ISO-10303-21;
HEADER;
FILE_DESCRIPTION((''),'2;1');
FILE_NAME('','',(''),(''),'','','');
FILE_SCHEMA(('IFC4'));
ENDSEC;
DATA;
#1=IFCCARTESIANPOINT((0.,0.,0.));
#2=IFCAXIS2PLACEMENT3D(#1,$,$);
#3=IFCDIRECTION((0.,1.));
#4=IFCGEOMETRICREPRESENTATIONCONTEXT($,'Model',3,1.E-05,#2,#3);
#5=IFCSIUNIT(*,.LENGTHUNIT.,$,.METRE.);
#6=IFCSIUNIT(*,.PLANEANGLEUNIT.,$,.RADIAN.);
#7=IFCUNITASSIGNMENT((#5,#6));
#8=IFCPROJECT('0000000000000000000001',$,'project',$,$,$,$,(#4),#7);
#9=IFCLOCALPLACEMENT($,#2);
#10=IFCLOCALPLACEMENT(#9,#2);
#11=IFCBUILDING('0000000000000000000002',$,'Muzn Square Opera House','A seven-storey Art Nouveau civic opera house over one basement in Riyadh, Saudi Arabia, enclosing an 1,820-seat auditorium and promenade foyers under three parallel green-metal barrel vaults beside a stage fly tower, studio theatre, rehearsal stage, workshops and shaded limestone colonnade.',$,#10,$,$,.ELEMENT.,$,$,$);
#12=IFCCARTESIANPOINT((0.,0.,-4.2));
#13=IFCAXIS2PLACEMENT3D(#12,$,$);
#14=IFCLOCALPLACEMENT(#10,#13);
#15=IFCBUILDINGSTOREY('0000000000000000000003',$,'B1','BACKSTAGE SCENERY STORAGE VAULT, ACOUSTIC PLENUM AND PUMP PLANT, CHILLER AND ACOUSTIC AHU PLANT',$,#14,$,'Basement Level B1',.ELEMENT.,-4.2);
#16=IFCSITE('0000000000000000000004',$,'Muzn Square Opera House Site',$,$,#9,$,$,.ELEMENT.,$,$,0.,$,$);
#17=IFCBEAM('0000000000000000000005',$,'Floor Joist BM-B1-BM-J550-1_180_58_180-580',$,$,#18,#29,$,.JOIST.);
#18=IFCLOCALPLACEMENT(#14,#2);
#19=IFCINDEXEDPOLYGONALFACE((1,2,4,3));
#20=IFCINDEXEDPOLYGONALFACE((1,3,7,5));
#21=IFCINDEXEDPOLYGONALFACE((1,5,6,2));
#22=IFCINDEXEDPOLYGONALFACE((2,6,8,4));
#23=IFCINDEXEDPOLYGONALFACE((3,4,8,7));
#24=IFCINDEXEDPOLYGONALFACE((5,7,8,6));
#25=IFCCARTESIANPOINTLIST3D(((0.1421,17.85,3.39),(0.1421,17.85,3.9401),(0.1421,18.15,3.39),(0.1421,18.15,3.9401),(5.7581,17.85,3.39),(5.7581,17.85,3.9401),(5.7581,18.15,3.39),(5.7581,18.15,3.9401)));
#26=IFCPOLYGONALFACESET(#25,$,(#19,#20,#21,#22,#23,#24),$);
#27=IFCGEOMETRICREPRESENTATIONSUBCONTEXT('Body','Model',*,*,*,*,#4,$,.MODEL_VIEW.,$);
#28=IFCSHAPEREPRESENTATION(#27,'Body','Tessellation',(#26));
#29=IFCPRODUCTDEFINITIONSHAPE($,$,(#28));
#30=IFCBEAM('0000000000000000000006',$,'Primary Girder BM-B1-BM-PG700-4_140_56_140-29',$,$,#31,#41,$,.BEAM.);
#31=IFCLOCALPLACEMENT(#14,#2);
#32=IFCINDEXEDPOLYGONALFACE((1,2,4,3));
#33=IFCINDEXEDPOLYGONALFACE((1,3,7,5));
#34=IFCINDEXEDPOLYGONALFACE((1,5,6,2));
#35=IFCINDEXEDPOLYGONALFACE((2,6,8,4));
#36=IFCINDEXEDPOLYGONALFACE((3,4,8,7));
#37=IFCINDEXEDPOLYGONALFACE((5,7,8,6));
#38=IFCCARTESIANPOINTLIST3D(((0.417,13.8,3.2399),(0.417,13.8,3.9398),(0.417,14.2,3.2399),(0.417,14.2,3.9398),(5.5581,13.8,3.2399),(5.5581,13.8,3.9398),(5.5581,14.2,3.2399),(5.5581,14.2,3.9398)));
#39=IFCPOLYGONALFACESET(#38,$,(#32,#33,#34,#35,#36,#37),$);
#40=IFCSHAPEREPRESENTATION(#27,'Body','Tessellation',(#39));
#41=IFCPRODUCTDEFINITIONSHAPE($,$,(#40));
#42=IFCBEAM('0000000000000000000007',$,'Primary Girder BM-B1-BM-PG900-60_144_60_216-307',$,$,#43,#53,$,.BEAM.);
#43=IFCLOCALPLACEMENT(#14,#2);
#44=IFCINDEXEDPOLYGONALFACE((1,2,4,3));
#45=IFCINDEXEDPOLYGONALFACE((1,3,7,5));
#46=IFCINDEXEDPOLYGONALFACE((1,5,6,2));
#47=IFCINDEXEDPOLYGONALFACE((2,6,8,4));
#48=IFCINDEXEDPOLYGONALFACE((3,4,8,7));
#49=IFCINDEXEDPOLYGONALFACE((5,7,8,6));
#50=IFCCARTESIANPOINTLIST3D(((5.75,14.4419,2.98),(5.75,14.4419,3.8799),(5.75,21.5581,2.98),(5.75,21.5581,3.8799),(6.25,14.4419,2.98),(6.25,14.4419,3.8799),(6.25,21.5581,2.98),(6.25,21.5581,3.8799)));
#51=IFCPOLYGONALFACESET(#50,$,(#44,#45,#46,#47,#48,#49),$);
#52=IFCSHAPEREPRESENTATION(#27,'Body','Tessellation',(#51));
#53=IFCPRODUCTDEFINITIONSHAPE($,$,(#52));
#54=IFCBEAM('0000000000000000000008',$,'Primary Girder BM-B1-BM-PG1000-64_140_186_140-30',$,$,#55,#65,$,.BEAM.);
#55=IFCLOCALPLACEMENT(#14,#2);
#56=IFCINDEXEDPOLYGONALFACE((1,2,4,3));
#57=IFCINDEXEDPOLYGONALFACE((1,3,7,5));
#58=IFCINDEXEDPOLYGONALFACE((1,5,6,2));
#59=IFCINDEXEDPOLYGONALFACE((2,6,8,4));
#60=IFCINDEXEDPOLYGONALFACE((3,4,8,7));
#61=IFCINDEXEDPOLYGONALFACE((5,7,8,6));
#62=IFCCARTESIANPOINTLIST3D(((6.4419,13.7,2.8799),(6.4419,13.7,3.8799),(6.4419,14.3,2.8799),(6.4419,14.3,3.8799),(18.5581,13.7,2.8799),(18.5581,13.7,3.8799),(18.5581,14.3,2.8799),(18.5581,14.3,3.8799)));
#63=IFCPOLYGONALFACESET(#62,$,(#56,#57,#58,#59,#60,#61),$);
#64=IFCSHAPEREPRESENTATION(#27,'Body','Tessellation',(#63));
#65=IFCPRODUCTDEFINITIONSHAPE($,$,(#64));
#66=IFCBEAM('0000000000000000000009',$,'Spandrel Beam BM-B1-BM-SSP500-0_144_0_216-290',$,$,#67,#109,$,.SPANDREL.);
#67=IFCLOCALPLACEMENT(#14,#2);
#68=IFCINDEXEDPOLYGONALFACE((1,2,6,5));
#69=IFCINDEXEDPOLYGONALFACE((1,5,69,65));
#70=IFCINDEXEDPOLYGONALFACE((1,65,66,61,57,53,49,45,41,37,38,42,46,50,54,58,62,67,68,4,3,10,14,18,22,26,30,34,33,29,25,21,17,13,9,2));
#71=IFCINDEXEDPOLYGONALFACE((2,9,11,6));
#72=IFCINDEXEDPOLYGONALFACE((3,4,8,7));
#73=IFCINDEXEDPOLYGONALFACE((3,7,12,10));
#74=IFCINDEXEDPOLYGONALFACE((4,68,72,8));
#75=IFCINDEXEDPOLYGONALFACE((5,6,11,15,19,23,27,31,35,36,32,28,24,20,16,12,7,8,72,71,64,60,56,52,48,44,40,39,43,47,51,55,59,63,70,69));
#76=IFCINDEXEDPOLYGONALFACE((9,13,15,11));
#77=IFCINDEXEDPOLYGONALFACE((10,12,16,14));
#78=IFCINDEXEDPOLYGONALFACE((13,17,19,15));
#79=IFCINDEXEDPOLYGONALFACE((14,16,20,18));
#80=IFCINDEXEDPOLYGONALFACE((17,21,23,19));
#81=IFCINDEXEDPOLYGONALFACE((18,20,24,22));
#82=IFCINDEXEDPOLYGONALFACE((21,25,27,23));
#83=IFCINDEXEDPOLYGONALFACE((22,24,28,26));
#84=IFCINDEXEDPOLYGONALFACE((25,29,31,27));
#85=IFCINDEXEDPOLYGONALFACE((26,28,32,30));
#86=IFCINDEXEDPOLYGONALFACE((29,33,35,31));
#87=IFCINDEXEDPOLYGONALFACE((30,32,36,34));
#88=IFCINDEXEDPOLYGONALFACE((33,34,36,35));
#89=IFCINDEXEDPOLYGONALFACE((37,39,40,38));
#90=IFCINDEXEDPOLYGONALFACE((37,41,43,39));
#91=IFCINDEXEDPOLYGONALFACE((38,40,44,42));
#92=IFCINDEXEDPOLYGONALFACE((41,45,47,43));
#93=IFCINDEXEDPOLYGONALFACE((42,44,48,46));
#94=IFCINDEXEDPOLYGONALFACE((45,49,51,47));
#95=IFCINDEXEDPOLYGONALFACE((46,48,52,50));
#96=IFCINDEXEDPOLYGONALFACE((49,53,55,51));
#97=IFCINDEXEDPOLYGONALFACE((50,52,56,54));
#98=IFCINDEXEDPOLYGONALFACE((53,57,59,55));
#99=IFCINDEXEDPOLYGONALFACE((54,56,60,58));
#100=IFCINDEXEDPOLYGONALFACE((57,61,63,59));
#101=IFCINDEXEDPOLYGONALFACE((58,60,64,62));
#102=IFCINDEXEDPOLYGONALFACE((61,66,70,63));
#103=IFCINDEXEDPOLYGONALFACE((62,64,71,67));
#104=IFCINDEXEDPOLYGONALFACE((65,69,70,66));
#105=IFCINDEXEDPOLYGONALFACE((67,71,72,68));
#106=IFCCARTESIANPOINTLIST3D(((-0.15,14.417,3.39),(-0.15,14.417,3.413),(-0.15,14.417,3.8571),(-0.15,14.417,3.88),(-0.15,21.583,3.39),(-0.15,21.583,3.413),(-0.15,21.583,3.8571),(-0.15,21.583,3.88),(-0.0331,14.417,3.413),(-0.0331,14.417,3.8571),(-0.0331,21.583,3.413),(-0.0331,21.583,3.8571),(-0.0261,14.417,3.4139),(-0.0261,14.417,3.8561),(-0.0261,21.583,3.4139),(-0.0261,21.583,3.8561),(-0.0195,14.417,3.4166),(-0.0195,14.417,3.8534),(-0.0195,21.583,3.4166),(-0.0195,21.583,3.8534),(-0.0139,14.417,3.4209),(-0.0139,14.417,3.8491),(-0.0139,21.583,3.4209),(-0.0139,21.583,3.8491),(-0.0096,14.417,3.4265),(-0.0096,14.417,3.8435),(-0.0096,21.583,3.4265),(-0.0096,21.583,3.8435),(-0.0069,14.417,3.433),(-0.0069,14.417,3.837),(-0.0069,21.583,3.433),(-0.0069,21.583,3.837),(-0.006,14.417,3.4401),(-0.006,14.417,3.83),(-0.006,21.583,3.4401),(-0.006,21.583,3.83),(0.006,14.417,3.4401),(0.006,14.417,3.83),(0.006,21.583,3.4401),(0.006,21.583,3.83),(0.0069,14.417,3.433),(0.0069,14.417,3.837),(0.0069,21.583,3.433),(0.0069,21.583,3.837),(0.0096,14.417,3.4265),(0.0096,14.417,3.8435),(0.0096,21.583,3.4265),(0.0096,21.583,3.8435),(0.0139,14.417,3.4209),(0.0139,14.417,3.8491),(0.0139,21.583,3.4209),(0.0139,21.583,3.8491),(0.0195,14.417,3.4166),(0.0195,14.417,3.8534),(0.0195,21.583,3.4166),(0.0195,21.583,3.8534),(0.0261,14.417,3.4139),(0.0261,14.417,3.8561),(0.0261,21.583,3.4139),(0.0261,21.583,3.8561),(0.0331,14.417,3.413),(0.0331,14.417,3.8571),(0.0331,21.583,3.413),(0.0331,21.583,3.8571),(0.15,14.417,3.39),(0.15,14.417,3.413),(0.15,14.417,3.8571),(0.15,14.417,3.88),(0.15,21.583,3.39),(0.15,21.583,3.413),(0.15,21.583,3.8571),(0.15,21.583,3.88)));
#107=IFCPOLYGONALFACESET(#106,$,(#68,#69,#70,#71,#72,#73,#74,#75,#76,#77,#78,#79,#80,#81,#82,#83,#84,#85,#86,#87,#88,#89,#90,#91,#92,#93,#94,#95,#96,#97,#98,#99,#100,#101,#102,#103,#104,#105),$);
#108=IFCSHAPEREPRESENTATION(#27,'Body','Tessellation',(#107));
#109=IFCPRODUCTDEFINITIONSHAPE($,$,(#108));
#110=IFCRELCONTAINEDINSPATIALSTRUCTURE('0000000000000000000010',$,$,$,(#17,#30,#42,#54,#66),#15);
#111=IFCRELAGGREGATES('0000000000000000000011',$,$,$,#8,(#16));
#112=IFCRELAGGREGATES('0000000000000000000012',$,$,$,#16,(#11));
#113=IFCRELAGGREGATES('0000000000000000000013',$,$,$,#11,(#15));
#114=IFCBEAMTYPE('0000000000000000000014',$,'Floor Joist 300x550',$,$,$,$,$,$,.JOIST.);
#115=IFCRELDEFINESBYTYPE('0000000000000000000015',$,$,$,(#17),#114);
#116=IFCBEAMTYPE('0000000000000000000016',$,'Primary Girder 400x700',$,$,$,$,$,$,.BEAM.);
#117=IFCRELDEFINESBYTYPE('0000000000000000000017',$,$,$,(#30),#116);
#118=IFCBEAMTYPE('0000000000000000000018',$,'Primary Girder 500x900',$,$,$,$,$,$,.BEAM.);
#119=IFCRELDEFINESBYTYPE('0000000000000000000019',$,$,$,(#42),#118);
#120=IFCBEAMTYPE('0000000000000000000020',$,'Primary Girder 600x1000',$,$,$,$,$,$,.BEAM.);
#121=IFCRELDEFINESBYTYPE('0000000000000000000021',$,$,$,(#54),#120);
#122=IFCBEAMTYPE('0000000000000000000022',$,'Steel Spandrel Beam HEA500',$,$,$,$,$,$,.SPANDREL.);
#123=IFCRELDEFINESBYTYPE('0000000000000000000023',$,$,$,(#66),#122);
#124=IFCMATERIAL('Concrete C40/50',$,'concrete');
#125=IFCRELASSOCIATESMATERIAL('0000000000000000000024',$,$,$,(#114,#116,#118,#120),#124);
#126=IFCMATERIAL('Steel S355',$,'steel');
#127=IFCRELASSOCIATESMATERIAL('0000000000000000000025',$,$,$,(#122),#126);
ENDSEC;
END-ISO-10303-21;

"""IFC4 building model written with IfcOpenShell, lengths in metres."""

from ifc_helpers import new_model, si_unit, direction, frame, origin, origin_2d, place, context, subcontext, project, spatial, rectangle, i_section, extrude, material, material_profile, profile_set, type_object, element, save


model = new_model("IFC4")

# Units and contexts
model_context = context("Model", 3, precision=1e-05, world=origin(), true_north=direction((0.0, 1.0)))
body_context = subcontext(model_context, "Body", "Model", "MODEL_VIEW")
ifc_project = project(units=[si_unit("LENGTHUNIT", "METRE"), si_unit("PLANEANGLEUNIT", "RADIAN")], contexts=[model_context])

# Site, building, storey
site_placement = place(None, origin())
site = spatial("IfcSite", under=ifc_project, at=site_placement, Name="Muzn Square Opera House Site", CompositionType="ELEMENT", RefElevation=0.0)
building_placement = place(site_placement, origin())
building = spatial("IfcBuilding", under=site, at=building_placement, Name="Muzn Square Opera House", Description="A seven-storey Art Nouveau civic opera house over one basement in Riyadh, Saudi Arabia, enclosing an 1,820-seat auditorium and promenade foyers under three parallel green-metal barrel vaults beside a stage fly tower, studio theatre, rehearsal stage, workshops and shaded limestone colonnade.", CompositionType="ELEMENT")
storey_placement = place(building_placement, frame((0.0, 0.0, -4.2)))
storey = spatial("IfcBuildingStorey", under=building, at=storey_placement, Name="B1", Description="BACKSTAGE SCENERY STORAGE VAULT, ACOUSTIC PLENUM AND PUMP PLANT, CHILLER AND ACOUSTIC AHU PLANT", LongName="Basement Level B1", CompositionType="ELEMENT", Elevation=-4.2)

# Shared definitions
ifc_material_1 = material(Name="Concrete C40/50", Category="concrete")

# Beams
ifc_material_profile_1 = material_profile(ifc_material_1, rectangle(XDim=0.3, YDim=0.55, at=origin_2d()), Name="RCJ 300x550", Category="concrete")
ifc_profile_set_1 = profile_set([ifc_material_profile_1], Name="Concrete C40/50")
beam_type_1 = type_object("IfcBeamType", Name="Floor Joist 300x550", PredefinedType="JOIST", material=ifc_profile_set_1)
for number, where, z_axis, x_axis, name in (
    (1, (0.1421, 18.0, 3.665), (1.0, 0.0, 0.0), (0.0, 1.0, 0.0), "Floor Joist BM-B1-BM-J550-1_180_58_180-580"),
):
    element("IfcBeam", number, at=place(storey_placement, frame(where, z_axis=z_axis, x_axis=x_axis)), inside=storey, type_object=beam_type_1, Name=name, PredefinedType="JOIST", context=body_context, shape_type="SweptSolid", body=[
        extrude(rectangle(XDim=0.3, YDim=0.55, at=origin_2d()), origin(), (0.0, 0.0, 1.0), 5.616),
    ])
ifc_material_profile_2 = material_profile(ifc_material_1, rectangle(XDim=0.3999, YDim=0.7, at=origin_2d()), Name="RCB 400x700", Category="concrete")
ifc_profile_set_2 = profile_set([ifc_material_profile_2], Name="Concrete C40/50")
beam_type_2 = type_object("IfcBeamType", Name="Primary Girder 400x700", PredefinedType="BEAM", material=ifc_profile_set_2)
beam_1_placement = place(storey_placement, frame((0.417, 14.0, 3.5898), z_axis=(1.0, 0.0, 0.0), x_axis=(0.0, 1.0, 0.0)))
element("IfcBeam", 2, at=beam_1_placement, inside=storey, type_object=beam_type_2, Name="Primary Girder BM-B1-BM-PG700-4_140_56_140-29", PredefinedType="BEAM", context=body_context, shape_type="SweptSolid", body=[
    extrude(rectangle(XDim=0.3999, YDim=0.7, at=origin_2d()), origin(), (0.0, 0.0, 1.0), 5.1411),
])
ifc_material_profile_3 = material_profile(ifc_material_1, rectangle(XDim=0.5, YDim=0.8999, at=origin_2d()), Name="RCB 500x900", Category="concrete")
ifc_profile_set_3 = profile_set([ifc_material_profile_3], Name="Concrete C40/50")
beam_type_3 = type_object("IfcBeamType", Name="Primary Girder 500x900", PredefinedType="BEAM", material=ifc_profile_set_3)
beam_2_placement = place(storey_placement, frame((6.0, 14.4419, 3.4299), z_axis=(0.0, 1.0, 0.0), x_axis=(-1.0, 0.0, 0.0)))
element("IfcBeam", 3, at=beam_2_placement, inside=storey, type_object=beam_type_3, Name="Primary Girder BM-B1-BM-PG900-60_144_60_216-307", PredefinedType="BEAM", context=body_context, shape_type="SweptSolid", body=[
    extrude(rectangle(XDim=0.5, YDim=0.8999, at=origin_2d()), origin(), (0.0, 0.0, 1.0), 7.1162),
])
ifc_material_profile_4 = material_profile(ifc_material_1, rectangle(XDim=0.6001, YDim=1.0, at=origin_2d()), Name="RCB 600x1000", Category="concrete")
ifc_profile_set_4 = profile_set([ifc_material_profile_4], Name="Concrete C40/50")
beam_type_4 = type_object("IfcBeamType", Name="Primary Girder 600x1000", PredefinedType="BEAM", material=ifc_profile_set_4)
beam_3_placement = place(storey_placement, frame((6.4419, 14.0, 3.3799), z_axis=(1.0, 0.0, 0.0), x_axis=(0.0, 1.0, 0.0)))
element("IfcBeam", 4, at=beam_3_placement, inside=storey, type_object=beam_type_4, Name="Primary Girder BM-B1-BM-PG1000-64_140_186_140-30", PredefinedType="BEAM", context=body_context, shape_type="SweptSolid", body=[
    extrude(rectangle(XDim=0.6001, YDim=1.0, at=origin_2d()), origin(), (0.0, 0.0, 1.0), 12.1162),
])
ifc_material_2 = material(Name="Steel S355", Category="steel")
ifc_material_profile_5 = material_profile(ifc_material_2, i_section(OverallWidth=0.3, OverallDepth=0.49, WebThickness=0.012, FlangeThickness=0.0229, FilletRadius=0.0271, at=origin_2d()), Name="HEA 500", Category="steel")
ifc_profile_set_5 = profile_set([ifc_material_profile_5], Name="Steel S355")
beam_type_5 = type_object("IfcBeamType", Name="Steel Spandrel Beam HEA500", PredefinedType="SPANDREL", material=ifc_profile_set_5)
beam_4_placement = place(storey_placement, frame((0.0, 14.417, 3.635), z_axis=(0.0, 1.0, 0.0), x_axis=(-1.0, 0.0, 0.0)))
element("IfcBeam", 5, at=beam_4_placement, inside=storey, type_object=beam_type_5, Name="Spandrel Beam BM-B1-BM-SSP500-0_144_0_216-290", PredefinedType="SPANDREL", context=body_context, shape_type="SweptSolid", body=[
    extrude(i_section(OverallWidth=0.3, OverallDepth=0.49, WebThickness=0.012, FlangeThickness=0.0229, FilletRadius=0.0271, at=origin_2d()), origin(), (0.0, 0.0, 1.0), 7.166),
])

save(model, "model.ifc")
